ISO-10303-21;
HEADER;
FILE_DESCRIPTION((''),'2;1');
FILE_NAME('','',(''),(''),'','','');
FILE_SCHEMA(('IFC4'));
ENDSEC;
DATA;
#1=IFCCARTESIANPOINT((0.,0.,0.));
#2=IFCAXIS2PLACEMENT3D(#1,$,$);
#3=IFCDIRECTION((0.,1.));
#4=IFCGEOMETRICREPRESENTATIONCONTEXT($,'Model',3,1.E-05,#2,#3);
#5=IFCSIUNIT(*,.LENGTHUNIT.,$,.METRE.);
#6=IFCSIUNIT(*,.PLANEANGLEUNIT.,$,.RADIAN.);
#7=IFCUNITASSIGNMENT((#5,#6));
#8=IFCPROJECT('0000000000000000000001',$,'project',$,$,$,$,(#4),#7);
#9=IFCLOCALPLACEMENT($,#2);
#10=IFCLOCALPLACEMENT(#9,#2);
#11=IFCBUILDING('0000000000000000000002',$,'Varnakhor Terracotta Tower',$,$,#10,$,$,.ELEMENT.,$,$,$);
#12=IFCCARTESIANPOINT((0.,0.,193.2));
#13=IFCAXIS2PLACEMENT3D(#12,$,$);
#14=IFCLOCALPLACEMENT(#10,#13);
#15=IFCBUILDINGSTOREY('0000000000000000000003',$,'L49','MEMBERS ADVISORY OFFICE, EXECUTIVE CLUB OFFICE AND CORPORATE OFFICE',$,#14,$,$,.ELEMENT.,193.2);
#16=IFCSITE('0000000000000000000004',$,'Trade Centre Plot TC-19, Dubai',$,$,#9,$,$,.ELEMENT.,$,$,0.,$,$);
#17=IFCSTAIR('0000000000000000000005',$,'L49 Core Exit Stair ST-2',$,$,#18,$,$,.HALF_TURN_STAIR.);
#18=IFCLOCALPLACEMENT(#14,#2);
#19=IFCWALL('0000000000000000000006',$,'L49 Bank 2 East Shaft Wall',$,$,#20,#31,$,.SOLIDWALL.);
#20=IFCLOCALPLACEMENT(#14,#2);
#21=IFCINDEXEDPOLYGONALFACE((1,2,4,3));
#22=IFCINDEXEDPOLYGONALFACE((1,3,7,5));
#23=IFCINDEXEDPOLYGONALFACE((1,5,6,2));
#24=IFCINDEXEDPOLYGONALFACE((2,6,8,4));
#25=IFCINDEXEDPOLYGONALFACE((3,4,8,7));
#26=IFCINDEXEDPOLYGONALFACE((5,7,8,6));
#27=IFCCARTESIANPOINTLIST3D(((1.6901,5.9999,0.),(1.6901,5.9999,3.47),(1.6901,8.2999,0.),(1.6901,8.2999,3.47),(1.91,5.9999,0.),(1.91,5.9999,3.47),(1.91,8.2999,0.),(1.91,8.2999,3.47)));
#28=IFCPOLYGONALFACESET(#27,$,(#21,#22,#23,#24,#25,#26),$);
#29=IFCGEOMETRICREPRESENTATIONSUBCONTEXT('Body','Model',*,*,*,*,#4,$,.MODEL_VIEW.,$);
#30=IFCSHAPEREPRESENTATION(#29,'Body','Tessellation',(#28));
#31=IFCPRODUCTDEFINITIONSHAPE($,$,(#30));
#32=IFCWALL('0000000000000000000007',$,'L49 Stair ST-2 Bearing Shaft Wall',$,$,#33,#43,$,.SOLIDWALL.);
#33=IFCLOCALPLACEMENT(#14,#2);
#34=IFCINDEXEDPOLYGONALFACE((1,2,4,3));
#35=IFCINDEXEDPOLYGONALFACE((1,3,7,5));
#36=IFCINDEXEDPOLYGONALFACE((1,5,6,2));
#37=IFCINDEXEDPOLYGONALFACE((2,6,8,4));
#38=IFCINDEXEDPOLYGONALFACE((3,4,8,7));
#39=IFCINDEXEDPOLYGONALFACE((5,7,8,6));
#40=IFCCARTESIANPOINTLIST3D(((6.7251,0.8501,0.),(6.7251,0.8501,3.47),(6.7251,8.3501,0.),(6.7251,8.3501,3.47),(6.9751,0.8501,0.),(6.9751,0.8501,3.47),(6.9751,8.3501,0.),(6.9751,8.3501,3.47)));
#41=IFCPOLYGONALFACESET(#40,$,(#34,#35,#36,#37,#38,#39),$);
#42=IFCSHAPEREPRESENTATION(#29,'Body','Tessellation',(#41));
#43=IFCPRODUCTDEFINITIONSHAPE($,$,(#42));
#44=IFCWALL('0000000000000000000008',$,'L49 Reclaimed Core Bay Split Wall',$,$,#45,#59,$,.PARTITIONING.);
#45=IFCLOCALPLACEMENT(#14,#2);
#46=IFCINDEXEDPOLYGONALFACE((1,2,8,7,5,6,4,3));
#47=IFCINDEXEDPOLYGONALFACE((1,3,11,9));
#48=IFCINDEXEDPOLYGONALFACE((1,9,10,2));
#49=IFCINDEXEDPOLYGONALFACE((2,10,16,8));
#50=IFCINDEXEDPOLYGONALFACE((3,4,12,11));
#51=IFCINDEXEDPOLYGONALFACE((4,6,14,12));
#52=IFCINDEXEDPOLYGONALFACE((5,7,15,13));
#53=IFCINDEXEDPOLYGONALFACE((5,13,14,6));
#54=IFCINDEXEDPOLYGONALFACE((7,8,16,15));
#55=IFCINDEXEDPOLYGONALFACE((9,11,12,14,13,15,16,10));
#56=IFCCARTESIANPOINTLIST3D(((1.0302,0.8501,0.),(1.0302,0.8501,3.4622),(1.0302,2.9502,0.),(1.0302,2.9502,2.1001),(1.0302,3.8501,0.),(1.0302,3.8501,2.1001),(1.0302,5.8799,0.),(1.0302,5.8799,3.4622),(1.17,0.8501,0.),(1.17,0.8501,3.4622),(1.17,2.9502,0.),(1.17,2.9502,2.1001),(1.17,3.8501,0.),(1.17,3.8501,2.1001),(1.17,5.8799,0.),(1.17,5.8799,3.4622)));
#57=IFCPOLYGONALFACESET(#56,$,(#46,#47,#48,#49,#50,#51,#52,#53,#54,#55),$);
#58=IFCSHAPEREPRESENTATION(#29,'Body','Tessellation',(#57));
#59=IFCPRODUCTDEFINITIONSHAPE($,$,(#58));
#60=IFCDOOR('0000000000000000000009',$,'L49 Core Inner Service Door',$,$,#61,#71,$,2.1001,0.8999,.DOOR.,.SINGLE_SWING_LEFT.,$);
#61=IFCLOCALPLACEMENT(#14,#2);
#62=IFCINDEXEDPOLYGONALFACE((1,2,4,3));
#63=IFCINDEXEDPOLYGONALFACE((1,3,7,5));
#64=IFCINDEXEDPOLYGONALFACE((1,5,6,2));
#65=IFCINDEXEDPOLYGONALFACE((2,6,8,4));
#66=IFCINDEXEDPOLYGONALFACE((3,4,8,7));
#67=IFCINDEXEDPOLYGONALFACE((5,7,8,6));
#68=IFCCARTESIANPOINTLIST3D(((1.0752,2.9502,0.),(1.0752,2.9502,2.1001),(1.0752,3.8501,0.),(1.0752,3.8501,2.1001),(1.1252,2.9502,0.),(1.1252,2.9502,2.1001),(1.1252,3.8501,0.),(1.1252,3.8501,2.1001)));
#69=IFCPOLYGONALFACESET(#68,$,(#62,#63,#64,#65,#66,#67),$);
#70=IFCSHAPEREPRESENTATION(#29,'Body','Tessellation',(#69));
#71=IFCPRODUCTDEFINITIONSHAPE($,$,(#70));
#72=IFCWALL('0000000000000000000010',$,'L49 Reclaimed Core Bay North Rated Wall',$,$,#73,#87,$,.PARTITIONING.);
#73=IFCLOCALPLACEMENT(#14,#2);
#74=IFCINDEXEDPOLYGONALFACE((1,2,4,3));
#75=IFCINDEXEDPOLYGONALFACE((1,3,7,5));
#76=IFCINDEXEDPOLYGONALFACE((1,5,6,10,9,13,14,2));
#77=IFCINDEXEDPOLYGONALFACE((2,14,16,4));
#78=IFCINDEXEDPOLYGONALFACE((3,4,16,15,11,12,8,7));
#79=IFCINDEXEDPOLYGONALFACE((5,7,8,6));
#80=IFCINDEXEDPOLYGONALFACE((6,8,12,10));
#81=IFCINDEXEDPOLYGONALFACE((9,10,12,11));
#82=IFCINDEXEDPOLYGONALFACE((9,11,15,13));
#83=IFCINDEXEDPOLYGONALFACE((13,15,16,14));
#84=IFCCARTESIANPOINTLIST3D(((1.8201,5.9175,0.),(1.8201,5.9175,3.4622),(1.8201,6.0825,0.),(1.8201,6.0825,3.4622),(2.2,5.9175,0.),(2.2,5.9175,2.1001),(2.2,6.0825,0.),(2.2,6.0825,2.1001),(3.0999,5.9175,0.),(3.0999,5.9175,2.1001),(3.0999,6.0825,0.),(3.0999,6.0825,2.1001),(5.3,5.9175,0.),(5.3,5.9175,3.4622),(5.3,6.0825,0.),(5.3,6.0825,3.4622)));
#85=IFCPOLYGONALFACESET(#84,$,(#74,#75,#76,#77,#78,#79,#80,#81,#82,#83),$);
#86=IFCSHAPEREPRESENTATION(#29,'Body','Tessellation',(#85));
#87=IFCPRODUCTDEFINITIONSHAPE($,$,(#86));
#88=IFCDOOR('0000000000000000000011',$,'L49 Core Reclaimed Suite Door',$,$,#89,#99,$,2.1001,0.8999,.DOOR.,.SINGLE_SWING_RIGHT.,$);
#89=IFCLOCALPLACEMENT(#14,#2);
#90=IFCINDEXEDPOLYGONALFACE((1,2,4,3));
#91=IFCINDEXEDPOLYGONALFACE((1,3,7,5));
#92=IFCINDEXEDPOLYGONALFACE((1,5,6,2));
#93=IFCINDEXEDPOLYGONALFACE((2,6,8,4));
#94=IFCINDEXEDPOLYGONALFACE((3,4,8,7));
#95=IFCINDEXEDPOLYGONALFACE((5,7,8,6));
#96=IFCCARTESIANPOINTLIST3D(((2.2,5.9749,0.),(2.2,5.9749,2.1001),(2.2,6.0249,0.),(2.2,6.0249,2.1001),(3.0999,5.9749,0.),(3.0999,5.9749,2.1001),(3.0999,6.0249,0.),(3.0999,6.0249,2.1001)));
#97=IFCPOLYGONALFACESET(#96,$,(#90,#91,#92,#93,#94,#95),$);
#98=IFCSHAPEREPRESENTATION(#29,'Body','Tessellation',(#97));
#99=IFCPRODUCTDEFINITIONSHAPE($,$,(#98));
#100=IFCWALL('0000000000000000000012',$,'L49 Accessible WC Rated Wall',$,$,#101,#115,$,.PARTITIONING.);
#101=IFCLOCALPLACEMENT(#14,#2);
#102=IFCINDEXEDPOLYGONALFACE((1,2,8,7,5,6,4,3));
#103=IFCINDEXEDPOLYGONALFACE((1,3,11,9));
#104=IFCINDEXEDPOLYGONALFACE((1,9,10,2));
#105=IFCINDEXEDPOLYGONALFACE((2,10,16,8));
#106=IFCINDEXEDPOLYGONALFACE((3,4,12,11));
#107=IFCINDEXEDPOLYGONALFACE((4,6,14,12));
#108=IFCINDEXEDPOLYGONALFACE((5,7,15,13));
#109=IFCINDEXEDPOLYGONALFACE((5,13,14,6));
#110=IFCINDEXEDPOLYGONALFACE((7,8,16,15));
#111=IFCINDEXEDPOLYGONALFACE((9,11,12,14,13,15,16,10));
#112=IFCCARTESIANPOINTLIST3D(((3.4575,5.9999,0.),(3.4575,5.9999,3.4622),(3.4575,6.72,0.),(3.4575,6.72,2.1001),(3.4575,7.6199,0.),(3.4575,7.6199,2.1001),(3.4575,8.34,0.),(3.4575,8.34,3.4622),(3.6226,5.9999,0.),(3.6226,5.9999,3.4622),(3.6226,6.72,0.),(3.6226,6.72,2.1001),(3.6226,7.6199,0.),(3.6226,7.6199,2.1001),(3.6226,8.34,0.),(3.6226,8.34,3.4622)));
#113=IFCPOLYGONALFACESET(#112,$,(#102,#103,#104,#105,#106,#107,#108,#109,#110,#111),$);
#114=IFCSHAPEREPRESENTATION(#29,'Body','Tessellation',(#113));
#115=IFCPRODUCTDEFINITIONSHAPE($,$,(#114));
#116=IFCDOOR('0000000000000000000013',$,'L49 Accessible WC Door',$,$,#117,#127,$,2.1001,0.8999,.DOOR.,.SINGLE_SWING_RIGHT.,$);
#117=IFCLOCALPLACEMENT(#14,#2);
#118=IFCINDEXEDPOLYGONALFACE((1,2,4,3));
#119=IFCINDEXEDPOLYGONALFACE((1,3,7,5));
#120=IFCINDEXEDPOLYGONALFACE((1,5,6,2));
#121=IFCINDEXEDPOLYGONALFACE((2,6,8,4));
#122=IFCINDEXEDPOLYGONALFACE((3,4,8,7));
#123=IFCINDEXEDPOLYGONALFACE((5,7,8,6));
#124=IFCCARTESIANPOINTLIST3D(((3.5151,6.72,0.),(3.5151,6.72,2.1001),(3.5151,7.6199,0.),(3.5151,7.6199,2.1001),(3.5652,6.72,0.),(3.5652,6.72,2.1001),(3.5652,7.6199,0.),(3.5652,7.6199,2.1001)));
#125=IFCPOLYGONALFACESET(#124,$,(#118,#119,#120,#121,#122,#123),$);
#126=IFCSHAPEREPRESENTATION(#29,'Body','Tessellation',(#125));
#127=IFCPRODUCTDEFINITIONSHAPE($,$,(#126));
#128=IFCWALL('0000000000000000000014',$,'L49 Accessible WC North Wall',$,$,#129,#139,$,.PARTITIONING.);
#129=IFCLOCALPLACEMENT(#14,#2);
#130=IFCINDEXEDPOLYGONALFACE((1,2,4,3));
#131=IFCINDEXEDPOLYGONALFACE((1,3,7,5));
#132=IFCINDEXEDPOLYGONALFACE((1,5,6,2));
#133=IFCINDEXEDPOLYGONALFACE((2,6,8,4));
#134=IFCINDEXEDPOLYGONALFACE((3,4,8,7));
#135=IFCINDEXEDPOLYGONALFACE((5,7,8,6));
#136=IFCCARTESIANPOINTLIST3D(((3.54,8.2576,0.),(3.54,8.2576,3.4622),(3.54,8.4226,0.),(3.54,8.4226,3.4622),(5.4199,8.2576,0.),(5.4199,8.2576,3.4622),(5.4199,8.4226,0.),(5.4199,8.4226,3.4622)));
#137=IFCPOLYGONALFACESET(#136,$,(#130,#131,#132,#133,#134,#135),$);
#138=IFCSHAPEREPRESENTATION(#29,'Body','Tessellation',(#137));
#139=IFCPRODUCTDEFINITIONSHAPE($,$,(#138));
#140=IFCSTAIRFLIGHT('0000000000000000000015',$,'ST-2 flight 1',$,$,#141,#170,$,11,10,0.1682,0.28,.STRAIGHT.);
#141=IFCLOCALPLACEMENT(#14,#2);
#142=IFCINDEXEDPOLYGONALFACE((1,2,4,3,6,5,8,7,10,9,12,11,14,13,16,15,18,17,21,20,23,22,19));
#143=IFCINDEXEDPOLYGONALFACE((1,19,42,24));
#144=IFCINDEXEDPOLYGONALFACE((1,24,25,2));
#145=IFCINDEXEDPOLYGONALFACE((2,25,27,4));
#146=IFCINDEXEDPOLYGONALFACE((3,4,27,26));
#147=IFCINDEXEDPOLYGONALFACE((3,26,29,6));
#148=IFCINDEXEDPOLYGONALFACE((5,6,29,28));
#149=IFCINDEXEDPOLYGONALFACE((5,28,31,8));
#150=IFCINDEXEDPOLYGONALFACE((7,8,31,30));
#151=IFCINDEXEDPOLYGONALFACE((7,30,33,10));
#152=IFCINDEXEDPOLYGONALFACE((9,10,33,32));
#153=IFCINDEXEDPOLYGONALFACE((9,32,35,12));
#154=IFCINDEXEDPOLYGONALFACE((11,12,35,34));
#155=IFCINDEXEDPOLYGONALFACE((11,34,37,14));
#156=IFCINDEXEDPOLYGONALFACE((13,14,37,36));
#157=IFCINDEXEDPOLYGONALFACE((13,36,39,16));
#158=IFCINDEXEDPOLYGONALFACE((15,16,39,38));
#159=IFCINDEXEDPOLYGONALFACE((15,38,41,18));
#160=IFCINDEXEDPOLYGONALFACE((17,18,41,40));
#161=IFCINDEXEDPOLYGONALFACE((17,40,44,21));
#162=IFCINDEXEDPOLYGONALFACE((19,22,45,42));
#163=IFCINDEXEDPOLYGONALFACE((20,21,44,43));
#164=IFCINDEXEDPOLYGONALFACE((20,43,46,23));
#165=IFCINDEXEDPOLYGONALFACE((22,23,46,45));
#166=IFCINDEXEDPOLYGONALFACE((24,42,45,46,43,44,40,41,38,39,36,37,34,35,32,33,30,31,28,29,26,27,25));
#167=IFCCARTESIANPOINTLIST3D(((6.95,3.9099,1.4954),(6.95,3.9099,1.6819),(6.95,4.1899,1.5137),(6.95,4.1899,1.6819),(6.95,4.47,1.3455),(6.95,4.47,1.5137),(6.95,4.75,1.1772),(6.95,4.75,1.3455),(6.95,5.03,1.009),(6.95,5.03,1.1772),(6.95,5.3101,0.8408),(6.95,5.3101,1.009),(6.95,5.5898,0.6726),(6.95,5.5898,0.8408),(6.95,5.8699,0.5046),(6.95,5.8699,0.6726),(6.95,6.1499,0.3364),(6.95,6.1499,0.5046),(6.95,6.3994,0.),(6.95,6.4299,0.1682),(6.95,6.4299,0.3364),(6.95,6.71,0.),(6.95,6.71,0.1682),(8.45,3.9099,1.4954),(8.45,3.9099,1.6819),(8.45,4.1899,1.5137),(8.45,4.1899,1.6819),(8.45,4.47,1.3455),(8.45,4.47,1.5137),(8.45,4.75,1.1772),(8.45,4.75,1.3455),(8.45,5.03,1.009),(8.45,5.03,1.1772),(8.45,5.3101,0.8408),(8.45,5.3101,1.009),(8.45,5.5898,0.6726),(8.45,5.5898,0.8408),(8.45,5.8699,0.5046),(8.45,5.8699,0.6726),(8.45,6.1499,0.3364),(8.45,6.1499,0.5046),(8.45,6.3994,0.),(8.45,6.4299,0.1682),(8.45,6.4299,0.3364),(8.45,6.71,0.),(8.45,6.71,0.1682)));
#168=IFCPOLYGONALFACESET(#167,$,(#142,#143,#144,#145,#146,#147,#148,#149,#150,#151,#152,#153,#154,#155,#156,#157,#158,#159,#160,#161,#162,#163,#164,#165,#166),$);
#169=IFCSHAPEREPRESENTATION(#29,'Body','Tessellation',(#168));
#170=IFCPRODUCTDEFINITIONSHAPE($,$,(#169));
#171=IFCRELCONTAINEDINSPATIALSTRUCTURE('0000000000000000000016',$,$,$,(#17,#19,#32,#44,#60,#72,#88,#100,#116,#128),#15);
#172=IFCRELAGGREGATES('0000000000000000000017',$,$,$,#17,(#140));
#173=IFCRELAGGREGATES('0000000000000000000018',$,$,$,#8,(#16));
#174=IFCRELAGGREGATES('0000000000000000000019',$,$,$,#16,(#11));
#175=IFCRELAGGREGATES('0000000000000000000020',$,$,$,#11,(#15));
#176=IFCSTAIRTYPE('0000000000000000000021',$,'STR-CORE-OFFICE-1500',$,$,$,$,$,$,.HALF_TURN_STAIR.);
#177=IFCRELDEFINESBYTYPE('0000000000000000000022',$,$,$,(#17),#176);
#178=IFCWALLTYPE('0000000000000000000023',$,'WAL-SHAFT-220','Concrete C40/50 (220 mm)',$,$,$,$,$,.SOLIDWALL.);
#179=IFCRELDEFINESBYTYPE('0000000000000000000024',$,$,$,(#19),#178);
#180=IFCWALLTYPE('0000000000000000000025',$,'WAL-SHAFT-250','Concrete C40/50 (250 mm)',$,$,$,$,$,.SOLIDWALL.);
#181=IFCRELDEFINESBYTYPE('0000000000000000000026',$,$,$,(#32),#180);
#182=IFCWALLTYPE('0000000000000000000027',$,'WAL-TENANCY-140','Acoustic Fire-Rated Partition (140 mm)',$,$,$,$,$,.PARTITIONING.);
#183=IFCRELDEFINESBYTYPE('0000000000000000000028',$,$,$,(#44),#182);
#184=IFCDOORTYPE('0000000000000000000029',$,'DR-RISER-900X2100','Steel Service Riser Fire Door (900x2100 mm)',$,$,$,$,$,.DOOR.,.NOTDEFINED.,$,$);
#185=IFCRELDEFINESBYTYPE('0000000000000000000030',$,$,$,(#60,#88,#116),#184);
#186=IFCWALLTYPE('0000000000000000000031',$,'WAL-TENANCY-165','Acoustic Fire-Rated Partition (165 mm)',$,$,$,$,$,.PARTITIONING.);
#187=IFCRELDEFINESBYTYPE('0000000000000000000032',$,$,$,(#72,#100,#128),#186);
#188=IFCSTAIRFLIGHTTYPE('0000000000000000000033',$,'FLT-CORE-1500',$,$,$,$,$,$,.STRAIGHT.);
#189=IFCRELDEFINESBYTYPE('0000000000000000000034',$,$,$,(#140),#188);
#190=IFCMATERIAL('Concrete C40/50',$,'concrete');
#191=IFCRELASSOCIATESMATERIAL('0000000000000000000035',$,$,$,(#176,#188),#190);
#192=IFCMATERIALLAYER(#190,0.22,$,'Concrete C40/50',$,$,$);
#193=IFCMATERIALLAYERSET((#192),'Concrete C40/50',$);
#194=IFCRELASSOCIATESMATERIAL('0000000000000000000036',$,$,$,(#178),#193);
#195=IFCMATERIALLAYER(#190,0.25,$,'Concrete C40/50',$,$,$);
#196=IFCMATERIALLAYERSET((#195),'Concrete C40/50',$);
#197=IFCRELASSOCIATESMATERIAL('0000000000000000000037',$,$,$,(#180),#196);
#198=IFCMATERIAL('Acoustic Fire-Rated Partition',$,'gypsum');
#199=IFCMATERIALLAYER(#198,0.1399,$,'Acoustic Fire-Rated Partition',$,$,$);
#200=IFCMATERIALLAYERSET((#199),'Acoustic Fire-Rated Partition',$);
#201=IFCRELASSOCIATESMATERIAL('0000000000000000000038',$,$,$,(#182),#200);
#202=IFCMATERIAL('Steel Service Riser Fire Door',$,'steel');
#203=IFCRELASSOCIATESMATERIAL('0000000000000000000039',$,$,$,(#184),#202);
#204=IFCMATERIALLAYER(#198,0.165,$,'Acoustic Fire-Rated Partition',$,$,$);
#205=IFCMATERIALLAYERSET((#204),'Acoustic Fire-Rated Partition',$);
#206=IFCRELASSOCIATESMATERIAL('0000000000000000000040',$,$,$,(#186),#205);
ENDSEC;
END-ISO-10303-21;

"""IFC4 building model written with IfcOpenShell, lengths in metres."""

from ifc_helpers import new_model, si_unit, direction, frame, frame_2d, origin, place, context, subcontext, project, spatial, polyline, rectangle, outline, extrude, source, transform, mapped, material, layer, layer_set, type_object, type_shapes, element, fill, aggregate, save


model = new_model("IFC4")

# Units and contexts
model_context = context("Model", 3, precision=1e-05, world=origin(), true_north=direction((0.0, 1.0)))
body_context = subcontext(model_context, "Body", "Model", "MODEL_VIEW")
ifc_project = project(units=[si_unit("LENGTHUNIT", "METRE"), si_unit("PLANEANGLEUNIT", "RADIAN")], contexts=[model_context])

# Site, building, storey
site_placement = place(None, origin())
site = spatial("IfcSite", under=ifc_project, at=site_placement, Name="Trade Centre Plot TC-19, Dubai", CompositionType="ELEMENT", RefElevation=0.0)
building_placement = place(site_placement, origin())
building = spatial("IfcBuilding", under=site, at=building_placement, Name="Varnakhor Terracotta Tower", CompositionType="ELEMENT")
storey_placement = place(building_placement, frame((0.0, 0.0, 193.2)))
storey = spatial("IfcBuildingStorey", under=building, at=storey_placement, Name="L49", Description="MEMBERS ADVISORY OFFICE, EXECUTIVE CLUB OFFICE AND CORPORATE OFFICE", CompositionType="ELEMENT", Elevation=193.2)

# Stair
ifc_material_1 = material(Name="Concrete C40/50", Category="concrete")
stair_type = type_object("IfcStairType", Name="STR-CORE-OFFICE-1500", PredefinedType="HALF_TURN_STAIR", material=ifc_material_1)
stair_1_placement = place(storey_placement, origin())
stair_1 = element("IfcStair", 1, at=stair_1_placement, inside=storey, type_object=stair_type, Name="L49 Core Exit Stair ST-2", PredefinedType="HALF_TURN_STAIR")

# Walls
ifc_layer_1 = layer(ifc_material_1, 0.22, Name="Concrete C40/50")
ifc_layer_set_1 = layer_set([ifc_layer_1], Name="Concrete C40/50")
wall_type_1 = type_object("IfcWallType", Name="WAL-SHAFT-220", Description="Concrete C40/50 (220 mm)", PredefinedType="SOLIDWALL", material=ifc_layer_set_1)
wall_1_placement = place(storey_placement, frame((1.8, 6.0, 0.0), z_axis=(0.0, 0.0, 1.0), x_axis=(0.0, 1.0, 0.0)))
element("IfcWall", 2, at=wall_1_placement, inside=storey, type_object=wall_type_1, Name="L49 Bank 2 East Shaft Wall", PredefinedType="SOLIDWALL", context=body_context, shape_type="SweptSolid", body=[
    extrude(rectangle(XDim=2.3, YDim=0.22, at=frame_2d((1.1499, 0.0))), origin(), (0.0, 0.0, 1.0), 3.47),
])
ifc_layer_2 = layer(ifc_material_1, 0.25, Name="Concrete C40/50")
ifc_layer_set_2 = layer_set([ifc_layer_2], Name="Concrete C40/50")
wall_type_2 = type_object("IfcWallType", Name="WAL-SHAFT-250", Description="Concrete C40/50 (250 mm)", PredefinedType="SOLIDWALL", material=ifc_layer_set_2)
wall_2_placement = place(storey_placement, frame((6.8501, 0.8501, 0.0), z_axis=(0.0, 0.0, 1.0), x_axis=(0.0, 1.0, 0.0)))
element("IfcWall", 3, at=wall_2_placement, inside=storey, type_object=wall_type_2, Name="L49 Stair ST-2 Bearing Shaft Wall", PredefinedType="SOLIDWALL", context=body_context, shape_type="SweptSolid", body=[
    extrude(rectangle(XDim=7.5, YDim=0.25, at=frame_2d((3.75, 0.0))), origin(), (0.0, 0.0, 1.0), 3.47),
])

# Walls, openings, doors
ifc_material_2 = material(Name="Acoustic Fire-Rated Partition", Category="gypsum")
ifc_layer_3 = layer(ifc_material_2, 0.1399, Name="Acoustic Fire-Rated Partition")
ifc_layer_set_3 = layer_set([ifc_layer_3], Name="Acoustic Fire-Rated Partition")
wall_type_3 = type_object("IfcWallType", Name="WAL-TENANCY-140", Description="Acoustic Fire-Rated Partition (140 mm)", PredefinedType="PARTITIONING", material=ifc_layer_set_3)
wall_3_placement = place(storey_placement, frame((1.1001, 0.8501, 0.0), z_axis=(0.0, 0.0, 1.0), x_axis=(0.0, 1.0, 0.0)))
wall_3 = element("IfcWall", 4, at=wall_3_placement, inside=storey, type_object=wall_type_3, Name="L49 Reclaimed Core Bay Split Wall", PredefinedType="PARTITIONING", context=body_context, shape_type="SweptSolid", body=[
    extrude(rectangle(XDim=5.0298, YDim=0.1399, at=frame_2d((2.5149, 0.0))), origin(), (0.0, 0.0, 1.0), 3.4622),
])
opening_1_placement = place(wall_3_placement, frame((2.1001, 0.0, 0.0)))
opening_1 = element("IfcOpeningElement", 5, at=opening_1_placement, cuts=wall_3, PredefinedType="OPENING", context=body_context, shape_type="SweptSolid", body=[
    extrude(rectangle(XDim=0.8999, YDim=2.1001, at=frame_2d((0.45, 1.05))), frame((0.0, 0.0801, 0.0), z_axis=(0.0, -1.0, 0.0), x_axis=(1.0, 0.0, 0.0)), (0.0, 0.0, 1.0), 0.1599),
])
ifc_material_3 = material(Name="Steel Service Riser Fire Door", Category="steel")
door_type_1 = type_object("IfcDoorType", Name="DR-RISER-900X2100", Description="Steel Service Riser Fire Door (900x2100 mm)", OperationType="NOTDEFINED", PredefinedType="DOOR", material=ifc_material_3)
shared_shape_1 = source(origin(), body_context, "Body", "SweptSolid", [
    extrude(rectangle(XDim=0.8999, YDim=2.1001, at=frame_2d((0.45, 1.05))), frame((0.0, 0.0249, 0.0), z_axis=(0.0, -1.0, 0.0), x_axis=(1.0, 0.0, 0.0)), (0.0, 0.0, 1.0), 0.05),
])
type_shapes(door_type_1, [shared_shape_1])
door_1_placement = place(opening_1_placement, origin())
door_1 = element("IfcDoor", 6, at=door_1_placement, inside=storey, type_object=door_type_1, Name="L49 Core Inner Service Door", OperationType="SINGLE_SWING_LEFT", OverallHeight=2.1001, OverallWidth=0.8999, PredefinedType="DOOR", context=body_context, shape_type="MappedRepresentation", body=[
    mapped(shared_shape_1, transform((0.0, 0.0, 0.0), scale=1.0)),
])
fill(opening_1, door_1)
ifc_layer_4 = layer(ifc_material_2, 0.165, Name="Acoustic Fire-Rated Partition")
ifc_layer_set_4 = layer_set([ifc_layer_4], Name="Acoustic Fire-Rated Partition")
wall_type_4 = type_object("IfcWallType", Name="WAL-TENANCY-165", Description="Acoustic Fire-Rated Partition (165 mm)", PredefinedType="PARTITIONING", material=ifc_layer_set_4)
wall_4_placement = place(storey_placement, frame((1.8201, 6.0, 0.0), z_axis=(0.0, 0.0, 1.0), x_axis=(1.0, 0.0, 0.0)))
wall_4 = element("IfcWall", 7, at=wall_4_placement, inside=storey, type_object=wall_type_4, Name="L49 Reclaimed Core Bay North Rated Wall", PredefinedType="PARTITIONING", context=body_context, shape_type="SweptSolid", body=[
    extrude(rectangle(XDim=3.48, YDim=0.165, at=frame_2d((1.74, 0.0))), origin(), (0.0, 0.0, 1.0), 3.4622),
])
opening_2_placement = place(wall_4_placement, frame((0.3799, 0.0, 0.0)))
opening_2 = element("IfcOpeningElement", 8, at=opening_2_placement, cuts=wall_4, PredefinedType="OPENING", context=body_context, shape_type="SweptSolid", body=[
    extrude(rectangle(XDim=0.8999, YDim=2.1001, at=frame_2d((0.45, 1.05))), frame((0.0, 0.0925, 0.0), z_axis=(0.0, -1.0, 0.0), x_axis=(1.0, 0.0, 0.0)), (0.0, 0.0, 1.0), 0.1851),
])
door_2_placement = place(opening_2_placement, origin())
door_2 = element("IfcDoor", 9, at=door_2_placement, inside=storey, type_object=door_type_1, Name="L49 Core Reclaimed Suite Door", OperationType="SINGLE_SWING_RIGHT", OverallHeight=2.1001, OverallWidth=0.8999, PredefinedType="DOOR", context=body_context, shape_type="MappedRepresentation", body=[
    mapped(shared_shape_1, transform((0.0, 0.0, 0.0), scale=1.0)),
])
fill(opening_2, door_2)
wall_5_placement = place(storey_placement, frame((3.54, 6.0, 0.0), z_axis=(0.0, 0.0, 1.0), x_axis=(0.0, 1.0, 0.0)))
wall_5 = element("IfcWall", 10, at=wall_5_placement, inside=storey, type_object=wall_type_4, Name="L49 Accessible WC Rated Wall", PredefinedType="PARTITIONING", context=body_context, shape_type="SweptSolid", body=[
    extrude(rectangle(XDim=2.3401, YDim=0.165, at=frame_2d((1.1699, 0.0))), origin(), (0.0, 0.0, 1.0), 3.4622),
])
opening_3_placement = place(wall_5_placement, frame((0.72, 0.0, 0.0)))
opening_3 = element("IfcOpeningElement", 11, at=opening_3_placement, cuts=wall_5, PredefinedType="OPENING", context=body_context, shape_type="SweptSolid", body=[
    extrude(rectangle(XDim=0.8999, YDim=2.1001, at=frame_2d((0.45, 1.05))), frame((0.0, 0.0925, 0.0), z_axis=(0.0, -1.0, 0.0), x_axis=(1.0, 0.0, 0.0)), (0.0, 0.0, 1.0), 0.1851),
])
door_3_placement = place(opening_3_placement, origin())
door_3 = element("IfcDoor", 12, at=door_3_placement, inside=storey, type_object=door_type_1, Name="L49 Accessible WC Door", OperationType="SINGLE_SWING_RIGHT", OverallHeight=2.1001, OverallWidth=0.8999, PredefinedType="DOOR", context=body_context, shape_type="MappedRepresentation", body=[
    mapped(shared_shape_1, transform((0.0, 0.0, 0.0), scale=1.0)),
])
fill(opening_3, door_3)

# Wall
wall_6_placement = place(storey_placement, frame((3.54, 8.3401, 0.0), z_axis=(0.0, 0.0, 1.0), x_axis=(1.0, 0.0, 0.0)))
element("IfcWall", 13, at=wall_6_placement, inside=storey, type_object=wall_type_4, Name="L49 Accessible WC North Wall", PredefinedType="PARTITIONING", context=body_context, shape_type="SweptSolid", body=[
    extrude(rectangle(XDim=1.8799, YDim=0.165, at=frame_2d((0.9399, 0.0))), origin(), (0.0, 0.0, 1.0), 3.4622),
])

# Stair flight
stair_flight_type = type_object("IfcStairFlightType", Name="FLT-CORE-1500", PredefinedType="STRAIGHT", material=ifc_material_1)
stair_flight_placement = place(storey_placement, frame((7.7, 6.71, 0.0), z_axis=(0.0, 0.0, 1.0), x_axis=(0.0, -1.0, 0.0)))
stair_flight = element("IfcStairFlight", 14, at=stair_flight_placement, type_object=stair_flight_type, Name="ST-2 flight 1", NumberOfRisers=11, NumberOfTreads=10, PredefinedType="STRAIGHT", RiserHeight=0.1682, TreadLength=0.28, context=body_context, shape_type="SweptSolid", body=[
    extrude(outline(polyline([(0.0, 0.0), (0.0, 0.1682), (0.28, 0.1682), (0.28, 0.3364), (0.5601, 0.3364), (0.5601, 0.5046), (0.8401, 0.5046), (0.8401, 0.6726), (1.1201, 0.6726), (1.1201, 0.8408), (1.3999, 0.8408), (1.3999, 1.009), (1.6799, 1.009), (1.6799, 1.1772), (1.96, 1.1772), (1.96, 1.3455), (2.24, 1.3455), (2.24, 1.5137), (2.52, 1.5137), (2.52, 1.6819), (2.8, 1.6819), (2.8, 1.8501), (2.8, 1.4954), (0.3105, 0.0), (0.0, 0.0)])), frame((0.0, 0.75, 0.0), z_axis=(0.0, -1.0, 0.0), x_axis=(1.0, 0.0, 0.0)), (0.0, 0.0, 1.0), 1.5),
])
aggregate(stair_1, [stair_flight])

save(model, "model.ifc")
